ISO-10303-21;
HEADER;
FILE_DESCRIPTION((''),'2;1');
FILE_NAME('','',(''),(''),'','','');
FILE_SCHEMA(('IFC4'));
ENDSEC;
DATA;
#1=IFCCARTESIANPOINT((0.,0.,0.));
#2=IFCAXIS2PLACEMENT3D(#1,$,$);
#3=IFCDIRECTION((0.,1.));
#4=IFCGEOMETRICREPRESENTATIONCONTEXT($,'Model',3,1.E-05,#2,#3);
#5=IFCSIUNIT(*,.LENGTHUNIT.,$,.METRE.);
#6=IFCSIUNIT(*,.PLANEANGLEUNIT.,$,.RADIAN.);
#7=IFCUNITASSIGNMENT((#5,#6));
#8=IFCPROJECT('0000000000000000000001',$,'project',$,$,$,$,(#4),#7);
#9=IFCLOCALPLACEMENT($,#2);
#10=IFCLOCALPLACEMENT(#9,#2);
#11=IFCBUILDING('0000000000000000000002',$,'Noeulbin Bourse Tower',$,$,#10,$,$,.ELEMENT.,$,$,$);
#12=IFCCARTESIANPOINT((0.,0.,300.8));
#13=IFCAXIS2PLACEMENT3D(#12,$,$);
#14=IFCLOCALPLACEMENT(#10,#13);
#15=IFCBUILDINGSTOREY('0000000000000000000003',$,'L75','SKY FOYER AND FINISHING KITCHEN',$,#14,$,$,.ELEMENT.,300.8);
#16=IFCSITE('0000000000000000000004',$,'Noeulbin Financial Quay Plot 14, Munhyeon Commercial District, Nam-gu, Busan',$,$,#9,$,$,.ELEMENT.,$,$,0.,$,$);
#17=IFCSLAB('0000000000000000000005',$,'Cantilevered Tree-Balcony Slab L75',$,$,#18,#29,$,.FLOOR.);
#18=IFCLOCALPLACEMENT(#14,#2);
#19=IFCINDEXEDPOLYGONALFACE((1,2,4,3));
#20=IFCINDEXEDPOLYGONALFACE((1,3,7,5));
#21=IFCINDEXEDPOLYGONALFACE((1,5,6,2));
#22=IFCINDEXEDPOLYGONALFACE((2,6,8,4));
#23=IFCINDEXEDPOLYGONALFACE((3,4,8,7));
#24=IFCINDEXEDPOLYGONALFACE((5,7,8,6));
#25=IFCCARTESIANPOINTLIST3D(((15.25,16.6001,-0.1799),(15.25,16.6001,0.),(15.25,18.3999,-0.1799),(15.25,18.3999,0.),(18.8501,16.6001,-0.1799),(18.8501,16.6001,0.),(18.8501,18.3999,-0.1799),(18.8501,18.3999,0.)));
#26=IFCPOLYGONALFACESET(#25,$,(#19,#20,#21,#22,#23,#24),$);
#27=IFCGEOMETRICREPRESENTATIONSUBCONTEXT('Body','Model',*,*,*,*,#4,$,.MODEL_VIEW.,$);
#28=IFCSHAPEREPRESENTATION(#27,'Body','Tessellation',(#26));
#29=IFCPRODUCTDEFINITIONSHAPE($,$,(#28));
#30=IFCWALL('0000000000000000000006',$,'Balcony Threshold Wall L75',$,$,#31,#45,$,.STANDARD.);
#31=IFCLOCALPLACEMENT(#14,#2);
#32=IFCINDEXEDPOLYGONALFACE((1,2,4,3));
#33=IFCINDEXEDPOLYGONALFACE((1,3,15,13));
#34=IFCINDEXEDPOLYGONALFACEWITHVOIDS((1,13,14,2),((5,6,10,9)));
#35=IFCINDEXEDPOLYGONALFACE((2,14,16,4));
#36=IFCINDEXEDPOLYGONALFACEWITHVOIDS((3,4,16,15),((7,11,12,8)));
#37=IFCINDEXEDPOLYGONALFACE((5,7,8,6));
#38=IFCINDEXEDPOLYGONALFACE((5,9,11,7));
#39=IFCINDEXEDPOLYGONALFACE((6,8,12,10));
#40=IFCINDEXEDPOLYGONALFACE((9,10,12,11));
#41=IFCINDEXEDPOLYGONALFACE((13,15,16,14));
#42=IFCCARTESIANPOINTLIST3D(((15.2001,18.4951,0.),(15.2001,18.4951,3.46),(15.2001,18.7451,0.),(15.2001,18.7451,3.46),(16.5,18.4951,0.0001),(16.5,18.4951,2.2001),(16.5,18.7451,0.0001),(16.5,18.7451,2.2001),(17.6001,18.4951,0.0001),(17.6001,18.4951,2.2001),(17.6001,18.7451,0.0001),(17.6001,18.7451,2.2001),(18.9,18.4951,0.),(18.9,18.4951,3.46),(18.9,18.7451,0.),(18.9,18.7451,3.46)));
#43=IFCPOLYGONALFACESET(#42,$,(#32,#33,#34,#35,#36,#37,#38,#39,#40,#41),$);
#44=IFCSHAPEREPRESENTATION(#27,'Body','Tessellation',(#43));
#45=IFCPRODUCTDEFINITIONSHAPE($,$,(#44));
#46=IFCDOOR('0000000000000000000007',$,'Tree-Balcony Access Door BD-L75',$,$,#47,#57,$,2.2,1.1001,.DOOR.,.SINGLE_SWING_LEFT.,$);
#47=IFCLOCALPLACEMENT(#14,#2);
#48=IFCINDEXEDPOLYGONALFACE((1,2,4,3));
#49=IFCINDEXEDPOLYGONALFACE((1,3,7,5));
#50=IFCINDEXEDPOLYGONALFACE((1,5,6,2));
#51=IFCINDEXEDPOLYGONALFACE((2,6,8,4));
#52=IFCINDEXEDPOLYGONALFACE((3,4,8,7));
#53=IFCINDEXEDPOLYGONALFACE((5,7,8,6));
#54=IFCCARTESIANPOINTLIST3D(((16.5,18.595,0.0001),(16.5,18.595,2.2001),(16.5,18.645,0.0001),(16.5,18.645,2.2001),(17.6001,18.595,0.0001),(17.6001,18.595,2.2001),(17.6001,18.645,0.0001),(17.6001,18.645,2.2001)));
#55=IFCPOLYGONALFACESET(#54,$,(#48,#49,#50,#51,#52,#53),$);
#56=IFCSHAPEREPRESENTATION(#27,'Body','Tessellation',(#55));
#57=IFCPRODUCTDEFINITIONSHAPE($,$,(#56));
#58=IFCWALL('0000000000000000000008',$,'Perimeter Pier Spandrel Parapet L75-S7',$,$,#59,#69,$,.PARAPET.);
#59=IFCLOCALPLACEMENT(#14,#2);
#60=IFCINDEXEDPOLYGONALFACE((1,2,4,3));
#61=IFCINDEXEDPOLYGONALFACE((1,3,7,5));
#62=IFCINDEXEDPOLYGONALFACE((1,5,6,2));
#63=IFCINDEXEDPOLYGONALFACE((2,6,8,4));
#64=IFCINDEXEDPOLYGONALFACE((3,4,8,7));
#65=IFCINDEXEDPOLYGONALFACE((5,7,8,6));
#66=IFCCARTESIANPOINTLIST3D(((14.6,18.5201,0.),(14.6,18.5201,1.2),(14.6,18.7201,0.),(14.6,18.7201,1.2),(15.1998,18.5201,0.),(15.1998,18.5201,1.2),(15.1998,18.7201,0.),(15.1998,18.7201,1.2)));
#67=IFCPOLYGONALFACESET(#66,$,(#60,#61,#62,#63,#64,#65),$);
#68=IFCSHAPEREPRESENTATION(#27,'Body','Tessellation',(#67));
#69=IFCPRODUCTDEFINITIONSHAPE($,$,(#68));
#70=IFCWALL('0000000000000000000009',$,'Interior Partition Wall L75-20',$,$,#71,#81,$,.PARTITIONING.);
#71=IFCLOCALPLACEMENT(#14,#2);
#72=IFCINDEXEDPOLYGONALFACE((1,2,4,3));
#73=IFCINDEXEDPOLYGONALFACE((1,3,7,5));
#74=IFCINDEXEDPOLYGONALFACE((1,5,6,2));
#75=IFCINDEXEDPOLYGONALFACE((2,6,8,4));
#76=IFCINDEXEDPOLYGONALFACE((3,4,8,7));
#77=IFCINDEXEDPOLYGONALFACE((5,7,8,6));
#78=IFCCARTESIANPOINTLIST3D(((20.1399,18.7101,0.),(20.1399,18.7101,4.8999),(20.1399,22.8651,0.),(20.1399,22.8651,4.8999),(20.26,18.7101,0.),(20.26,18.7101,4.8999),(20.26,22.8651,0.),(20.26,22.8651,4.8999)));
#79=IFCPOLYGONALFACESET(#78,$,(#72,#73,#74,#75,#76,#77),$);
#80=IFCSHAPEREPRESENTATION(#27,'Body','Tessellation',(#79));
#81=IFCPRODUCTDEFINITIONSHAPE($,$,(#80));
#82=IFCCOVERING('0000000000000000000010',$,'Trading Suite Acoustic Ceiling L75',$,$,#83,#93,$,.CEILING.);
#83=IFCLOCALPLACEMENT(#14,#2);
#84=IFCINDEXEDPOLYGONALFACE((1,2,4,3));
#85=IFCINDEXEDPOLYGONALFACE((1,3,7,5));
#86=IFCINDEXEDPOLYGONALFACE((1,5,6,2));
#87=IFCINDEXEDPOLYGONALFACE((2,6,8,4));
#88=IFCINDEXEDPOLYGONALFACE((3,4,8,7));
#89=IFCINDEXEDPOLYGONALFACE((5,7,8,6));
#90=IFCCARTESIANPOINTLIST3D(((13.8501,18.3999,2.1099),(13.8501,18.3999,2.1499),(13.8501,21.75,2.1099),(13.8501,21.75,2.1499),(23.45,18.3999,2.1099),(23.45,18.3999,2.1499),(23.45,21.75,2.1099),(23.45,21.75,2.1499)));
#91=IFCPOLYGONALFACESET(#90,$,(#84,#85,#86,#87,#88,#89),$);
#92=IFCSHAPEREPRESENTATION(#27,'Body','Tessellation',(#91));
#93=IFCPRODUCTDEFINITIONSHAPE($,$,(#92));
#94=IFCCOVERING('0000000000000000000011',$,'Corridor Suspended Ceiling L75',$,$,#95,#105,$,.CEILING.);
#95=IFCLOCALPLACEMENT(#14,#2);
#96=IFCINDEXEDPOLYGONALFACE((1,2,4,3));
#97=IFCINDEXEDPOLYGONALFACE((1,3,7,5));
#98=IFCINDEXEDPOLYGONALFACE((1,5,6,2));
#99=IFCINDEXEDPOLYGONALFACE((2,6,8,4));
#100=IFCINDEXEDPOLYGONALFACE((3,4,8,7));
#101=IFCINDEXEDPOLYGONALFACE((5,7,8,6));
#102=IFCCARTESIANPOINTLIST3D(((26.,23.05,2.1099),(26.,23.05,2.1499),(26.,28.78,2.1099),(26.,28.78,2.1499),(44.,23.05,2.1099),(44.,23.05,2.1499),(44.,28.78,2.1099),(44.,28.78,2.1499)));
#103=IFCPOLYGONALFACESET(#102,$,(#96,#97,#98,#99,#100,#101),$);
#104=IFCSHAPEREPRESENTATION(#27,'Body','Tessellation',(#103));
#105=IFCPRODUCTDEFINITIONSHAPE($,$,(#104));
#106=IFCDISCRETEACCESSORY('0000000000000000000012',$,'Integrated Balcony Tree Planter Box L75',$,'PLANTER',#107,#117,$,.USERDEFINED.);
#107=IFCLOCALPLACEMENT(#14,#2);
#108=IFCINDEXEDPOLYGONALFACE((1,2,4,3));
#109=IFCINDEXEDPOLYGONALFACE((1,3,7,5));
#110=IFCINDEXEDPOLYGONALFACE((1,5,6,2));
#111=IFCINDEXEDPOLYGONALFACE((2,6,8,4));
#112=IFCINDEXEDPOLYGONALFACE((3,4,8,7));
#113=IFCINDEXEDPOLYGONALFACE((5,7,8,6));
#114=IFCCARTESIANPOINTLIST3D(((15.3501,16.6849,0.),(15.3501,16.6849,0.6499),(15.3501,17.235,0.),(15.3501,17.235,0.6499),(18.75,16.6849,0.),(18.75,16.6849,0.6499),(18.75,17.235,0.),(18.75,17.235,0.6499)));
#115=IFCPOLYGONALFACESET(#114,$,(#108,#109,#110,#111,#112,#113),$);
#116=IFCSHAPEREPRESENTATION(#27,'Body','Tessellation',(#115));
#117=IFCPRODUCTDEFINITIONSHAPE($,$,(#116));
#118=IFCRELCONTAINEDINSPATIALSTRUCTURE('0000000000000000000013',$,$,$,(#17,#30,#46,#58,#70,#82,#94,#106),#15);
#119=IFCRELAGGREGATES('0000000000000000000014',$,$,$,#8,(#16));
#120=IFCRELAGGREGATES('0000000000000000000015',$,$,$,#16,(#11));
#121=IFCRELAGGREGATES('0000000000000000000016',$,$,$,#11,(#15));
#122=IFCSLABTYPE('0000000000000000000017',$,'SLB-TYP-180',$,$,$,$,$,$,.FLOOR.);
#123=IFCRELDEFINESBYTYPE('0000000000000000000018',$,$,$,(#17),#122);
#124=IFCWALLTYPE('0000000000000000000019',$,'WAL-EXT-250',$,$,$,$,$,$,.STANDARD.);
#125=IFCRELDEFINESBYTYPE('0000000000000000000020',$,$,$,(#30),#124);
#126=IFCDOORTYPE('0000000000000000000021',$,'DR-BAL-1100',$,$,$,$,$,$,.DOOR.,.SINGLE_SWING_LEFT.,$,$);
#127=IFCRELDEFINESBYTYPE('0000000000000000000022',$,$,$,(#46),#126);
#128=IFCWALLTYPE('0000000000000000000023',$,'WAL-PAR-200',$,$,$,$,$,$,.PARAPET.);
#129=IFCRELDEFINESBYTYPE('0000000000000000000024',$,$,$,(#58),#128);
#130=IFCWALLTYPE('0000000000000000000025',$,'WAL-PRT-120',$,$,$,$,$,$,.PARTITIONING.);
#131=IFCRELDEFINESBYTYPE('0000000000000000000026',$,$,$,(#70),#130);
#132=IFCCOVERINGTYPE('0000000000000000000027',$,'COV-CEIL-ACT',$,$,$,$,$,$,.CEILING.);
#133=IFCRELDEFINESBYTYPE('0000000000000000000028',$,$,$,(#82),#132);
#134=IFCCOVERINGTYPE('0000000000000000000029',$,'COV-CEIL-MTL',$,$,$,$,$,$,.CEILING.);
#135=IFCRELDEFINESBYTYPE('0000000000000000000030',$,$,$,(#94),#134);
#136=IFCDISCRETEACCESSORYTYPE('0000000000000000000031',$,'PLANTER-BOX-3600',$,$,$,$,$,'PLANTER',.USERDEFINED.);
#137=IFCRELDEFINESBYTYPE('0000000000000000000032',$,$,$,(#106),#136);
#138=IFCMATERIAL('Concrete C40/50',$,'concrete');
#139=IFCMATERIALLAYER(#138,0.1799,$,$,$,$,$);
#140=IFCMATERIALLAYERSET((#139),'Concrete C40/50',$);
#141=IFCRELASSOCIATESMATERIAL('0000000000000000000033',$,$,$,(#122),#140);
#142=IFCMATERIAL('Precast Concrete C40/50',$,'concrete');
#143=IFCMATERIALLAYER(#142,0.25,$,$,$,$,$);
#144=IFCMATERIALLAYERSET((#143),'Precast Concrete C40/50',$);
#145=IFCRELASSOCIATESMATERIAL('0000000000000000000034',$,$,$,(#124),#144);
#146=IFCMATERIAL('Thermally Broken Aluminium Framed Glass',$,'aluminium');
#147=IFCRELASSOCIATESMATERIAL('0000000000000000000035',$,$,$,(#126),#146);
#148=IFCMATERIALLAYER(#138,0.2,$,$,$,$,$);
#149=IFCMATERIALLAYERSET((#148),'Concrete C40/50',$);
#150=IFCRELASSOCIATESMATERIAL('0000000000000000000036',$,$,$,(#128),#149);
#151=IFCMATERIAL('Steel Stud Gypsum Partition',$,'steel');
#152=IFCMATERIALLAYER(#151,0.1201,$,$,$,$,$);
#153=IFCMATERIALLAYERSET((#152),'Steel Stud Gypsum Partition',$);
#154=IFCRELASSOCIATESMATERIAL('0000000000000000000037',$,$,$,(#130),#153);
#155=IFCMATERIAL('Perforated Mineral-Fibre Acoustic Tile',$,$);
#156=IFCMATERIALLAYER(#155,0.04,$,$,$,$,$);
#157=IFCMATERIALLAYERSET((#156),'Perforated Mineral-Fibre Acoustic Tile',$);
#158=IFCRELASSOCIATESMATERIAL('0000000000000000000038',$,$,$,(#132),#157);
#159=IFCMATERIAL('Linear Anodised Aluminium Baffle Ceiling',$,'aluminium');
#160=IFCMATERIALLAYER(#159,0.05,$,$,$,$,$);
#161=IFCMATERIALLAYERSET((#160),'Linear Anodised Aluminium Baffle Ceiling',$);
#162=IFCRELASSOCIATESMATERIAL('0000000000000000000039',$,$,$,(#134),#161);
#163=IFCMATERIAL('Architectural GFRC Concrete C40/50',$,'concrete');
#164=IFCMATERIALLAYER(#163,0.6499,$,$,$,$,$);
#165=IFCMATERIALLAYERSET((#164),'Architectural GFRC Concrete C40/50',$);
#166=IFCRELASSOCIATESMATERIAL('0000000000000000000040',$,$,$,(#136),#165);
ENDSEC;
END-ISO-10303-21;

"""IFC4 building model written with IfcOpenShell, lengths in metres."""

from ifc_helpers import new_model, si_unit, direction, frame, frame_2d, origin, origin_2d, place, context, subcontext, project, spatial, polyline, rectangle, outline, extrude, material, layer, layer_set, type_object, element, fill, save


model = new_model("IFC4")

# Units and contexts
model_context = context("Model", 3, precision=1e-05, world=origin(), true_north=direction((0.0, 1.0)))
body_context = subcontext(model_context, "Body", "Model", "MODEL_VIEW")
ifc_project = project(units=[si_unit("LENGTHUNIT", "METRE"), si_unit("PLANEANGLEUNIT", "RADIAN")], contexts=[model_context])

# Site, building, storey
site_placement = place(None, origin())
site = spatial("IfcSite", under=ifc_project, at=site_placement, Name="Noeulbin Financial Quay Plot 14, Munhyeon Commercial District, Nam-gu, Busan", CompositionType="ELEMENT", RefElevation=0.0)
building_placement = place(site_placement, origin())
building = spatial("IfcBuilding", under=site, at=building_placement, Name="Noeulbin Bourse Tower", CompositionType="ELEMENT")
storey_placement = place(building_placement, frame((0.0, 0.0, 300.8)))
storey = spatial("IfcBuildingStorey", under=building, at=storey_placement, Name="L75", Description="SKY FOYER AND FINISHING KITCHEN", CompositionType="ELEMENT", Elevation=300.8)

# Shared definitions
ifc_material_1 = material(Name="Concrete C40/50", Category="concrete")

# Shared definitions
ifc_layer_1 = layer(ifc_material_1, 0.1799)
ifc_layer_set_1 = layer_set([ifc_layer_1], Name="Concrete C40/50")
slab_type_1 = type_object("IfcSlabType", Name="SLB-TYP-180", PredefinedType="FLOOR", material=ifc_layer_set_1)

# Slab
slab_1_placement = place(storey_placement, frame((0.0, 0.0, -0.1799)))
element("IfcSlab", 1, at=slab_1_placement, inside=storey, type_object=slab_type_1, Name="Cantilevered Tree-Balcony Slab L75", PredefinedType="FLOOR", context=body_context, shape_type="SweptSolid", body=[
    extrude(outline(polyline([(15.25, 16.6001), (18.8501, 16.6001), (18.8501, 18.3999), (15.25, 18.3999), (15.25, 16.6001)])), origin(), (0.0, 0.0, 1.0), 0.1799),
])

# Wall, opening, door
ifc_material_2 = material(Name="Precast Concrete C40/50", Category="concrete")
ifc_layer_2 = layer(ifc_material_2, 0.25)
ifc_layer_set_2 = layer_set([ifc_layer_2], Name="Precast Concrete C40/50")
wall_type_1 = type_object("IfcWallType", Name="WAL-EXT-250", PredefinedType="STANDARD", material=ifc_layer_set_2)
wall_1_placement = place(storey_placement, frame((15.2, 18.6201, 0.0), z_axis=(0.0, 0.0, 1.0), x_axis=(1.0, 0.0, 0.0)))
wall_1 = element("IfcWall", 2, at=wall_1_placement, inside=storey, type_object=wall_type_1, Name="Balcony Threshold Wall L75", PredefinedType="STANDARD", context=body_context, shape_type="SweptSolid", body=[
    extrude(rectangle(XDim=3.7, YDim=0.25, at=frame_2d((1.8501, 0.0))), origin(), (0.0, 0.0, 1.0), 3.46),
])
opening_1_placement = place(wall_1_placement, frame((1.3, 0.0, 0.0)))
opening_1 = element("IfcOpeningElement", 3, at=opening_1_placement, cuts=wall_1, PredefinedType="OPENING", context=body_context, shape_type="SweptSolid", body=[
    extrude(rectangle(XDim=1.1001, YDim=2.2, at=frame_2d((0.55, 1.1001))), frame((0.0, 0.135, 0.0), z_axis=(0.0, -1.0, 0.0), x_axis=(1.0, 0.0, 0.0)), (0.0, 0.0, 1.0), 0.27),
])
ifc_material_3 = material(Name="Thermally Broken Aluminium Framed Glass", Category="aluminium")
door_type = type_object("IfcDoorType", Name="DR-BAL-1100", OperationType="SINGLE_SWING_LEFT", PredefinedType="DOOR", material=ifc_material_3)
door_placement = place(opening_1_placement, origin())
door = element("IfcDoor", 4, at=door_placement, inside=storey, type_object=door_type, Name="Tree-Balcony Access Door BD-L75", OperationType="SINGLE_SWING_LEFT", OverallHeight=2.2, OverallWidth=1.1001, PredefinedType="DOOR", context=body_context, shape_type="SweptSolid", body=[
    extrude(rectangle(XDim=1.1001, YDim=2.2, at=frame_2d((0.55, 1.1001))), frame((0.0, 0.0249, 0.0), z_axis=(0.0, -1.0, 0.0), x_axis=(1.0, 0.0, 0.0)), (0.0, 0.0, 1.0), 0.05),
])
fill(opening_1, door)

# Walls
ifc_layer_3 = layer(ifc_material_1, 0.2)
ifc_layer_set_3 = layer_set([ifc_layer_3], Name="Concrete C40/50")
wall_type_2 = type_object("IfcWallType", Name="WAL-PAR-200", PredefinedType="PARAPET", material=ifc_layer_set_3)
wall_2_placement = place(storey_placement, frame((14.6001, 18.6201, 0.0), z_axis=(0.0, 0.0, 1.0), x_axis=(1.0, 0.0, 0.0)))
element("IfcWall", 5, at=wall_2_placement, inside=storey, type_object=wall_type_2, Name="Perimeter Pier Spandrel Parapet L75-S7", PredefinedType="PARAPET", context=body_context, shape_type="SweptSolid", body=[
    extrude(rectangle(XDim=0.5999, YDim=0.2, at=frame_2d((0.2998, 0.0))), origin(), (0.0, 0.0, 1.0), 1.2),
])
ifc_material_4 = material(Name="Steel Stud Gypsum Partition", Category="steel")
ifc_layer_4 = layer(ifc_material_4, 0.1201)
ifc_layer_set_4 = layer_set([ifc_layer_4], Name="Steel Stud Gypsum Partition")
wall_type_3 = type_object("IfcWallType", Name="WAL-PRT-120", PredefinedType="PARTITIONING", material=ifc_layer_set_4)
wall_3_placement = place(storey_placement, frame((20.2, 18.71, 0.0), z_axis=(0.0, 0.0, 1.0), x_axis=(0.0, 1.0, 0.0)))
element("IfcWall", 6, at=wall_3_placement, inside=storey, type_object=wall_type_3, Name="Interior Partition Wall L75-20", PredefinedType="PARTITIONING", context=body_context, shape_type="SweptSolid", body=[
    extrude(rectangle(XDim=4.155, YDim=0.1201, at=frame_2d((2.0776, 0.0))), origin(), (0.0, 0.0, 1.0), 4.8999),
])

# Coverings
ifc_material_5 = material(Name="Perforated Mineral-Fibre Acoustic Tile")
ifc_layer_5 = layer(ifc_material_5, 0.04)
ifc_layer_set_5 = layer_set([ifc_layer_5], Name="Perforated Mineral-Fibre Acoustic Tile")
covering_type_1 = type_object("IfcCoveringType", Name="COV-CEIL-ACT", PredefinedType="CEILING", material=ifc_layer_set_5)
covering_1_placement = place(storey_placement, frame((0.0, 0.0, 2.1099)))
element("IfcCovering", 7, at=covering_1_placement, inside=storey, type_object=covering_type_1, Name="Trading Suite Acoustic Ceiling L75", PredefinedType="CEILING", context=body_context, shape_type="SweptSolid", body=[
    extrude(outline(polyline([(13.8501, 18.3999), (23.45, 18.3999), (23.45, 21.75), (13.8501, 21.75), (13.8501, 18.3999)])), origin(), (0.0, 0.0, 1.0), 0.04),
])
ifc_material_6 = material(Name="Linear Anodised Aluminium Baffle Ceiling", Category="aluminium")
ifc_layer_6 = layer(ifc_material_6, 0.05)
ifc_layer_set_6 = layer_set([ifc_layer_6], Name="Linear Anodised Aluminium Baffle Ceiling")
covering_type_2 = type_object("IfcCoveringType", Name="COV-CEIL-MTL", PredefinedType="CEILING", material=ifc_layer_set_6)
covering_2_placement = place(storey_placement, frame((0.0, 0.0, 2.1099)))
element("IfcCovering", 8, at=covering_2_placement, inside=storey, type_object=covering_type_2, Name="Corridor Suspended Ceiling L75", PredefinedType="CEILING", context=body_context, shape_type="SweptSolid", body=[
    extrude(outline(polyline([(26.0, 23.05), (44.0, 23.05), (44.0, 28.78), (26.0, 28.78), (26.0, 23.05)])), origin(), (0.0, 0.0, 1.0), 0.04),
])

# Discrete accessory
ifc_material_7 = material(Name="Architectural GFRC Concrete C40/50", Category="concrete")
ifc_layer_7 = layer(ifc_material_7, 0.6499)
ifc_layer_set_7 = layer_set([ifc_layer_7], Name="Architectural GFRC Concrete C40/50")
discrete_accessory_type = type_object("IfcDiscreteAccessoryType", Name="PLANTER-BOX-3600", ElementType="PLANTER", PredefinedType="USERDEFINED", material=ifc_layer_set_7)
discrete_accessory_placement = place(storey_placement, frame((17.05, 16.96, 0.0), z_axis=(0.0, 0.0, 1.0), x_axis=(1.0, 0.0, 0.0)))
element("IfcDiscreteAccessory", 9, at=discrete_accessory_placement, inside=storey, type_object=discrete_accessory_type, Name="Integrated Balcony Tree Planter Box L75", ObjectType="PLANTER", PredefinedType="USERDEFINED", context=body_context, shape_type="SweptSolid", body=[
    extrude(rectangle(XDim=3.3999, YDim=0.55, at=origin_2d()), origin(), (0.0, 0.0, 1.0), 0.6499),
])

save(model, "model.ifc")
